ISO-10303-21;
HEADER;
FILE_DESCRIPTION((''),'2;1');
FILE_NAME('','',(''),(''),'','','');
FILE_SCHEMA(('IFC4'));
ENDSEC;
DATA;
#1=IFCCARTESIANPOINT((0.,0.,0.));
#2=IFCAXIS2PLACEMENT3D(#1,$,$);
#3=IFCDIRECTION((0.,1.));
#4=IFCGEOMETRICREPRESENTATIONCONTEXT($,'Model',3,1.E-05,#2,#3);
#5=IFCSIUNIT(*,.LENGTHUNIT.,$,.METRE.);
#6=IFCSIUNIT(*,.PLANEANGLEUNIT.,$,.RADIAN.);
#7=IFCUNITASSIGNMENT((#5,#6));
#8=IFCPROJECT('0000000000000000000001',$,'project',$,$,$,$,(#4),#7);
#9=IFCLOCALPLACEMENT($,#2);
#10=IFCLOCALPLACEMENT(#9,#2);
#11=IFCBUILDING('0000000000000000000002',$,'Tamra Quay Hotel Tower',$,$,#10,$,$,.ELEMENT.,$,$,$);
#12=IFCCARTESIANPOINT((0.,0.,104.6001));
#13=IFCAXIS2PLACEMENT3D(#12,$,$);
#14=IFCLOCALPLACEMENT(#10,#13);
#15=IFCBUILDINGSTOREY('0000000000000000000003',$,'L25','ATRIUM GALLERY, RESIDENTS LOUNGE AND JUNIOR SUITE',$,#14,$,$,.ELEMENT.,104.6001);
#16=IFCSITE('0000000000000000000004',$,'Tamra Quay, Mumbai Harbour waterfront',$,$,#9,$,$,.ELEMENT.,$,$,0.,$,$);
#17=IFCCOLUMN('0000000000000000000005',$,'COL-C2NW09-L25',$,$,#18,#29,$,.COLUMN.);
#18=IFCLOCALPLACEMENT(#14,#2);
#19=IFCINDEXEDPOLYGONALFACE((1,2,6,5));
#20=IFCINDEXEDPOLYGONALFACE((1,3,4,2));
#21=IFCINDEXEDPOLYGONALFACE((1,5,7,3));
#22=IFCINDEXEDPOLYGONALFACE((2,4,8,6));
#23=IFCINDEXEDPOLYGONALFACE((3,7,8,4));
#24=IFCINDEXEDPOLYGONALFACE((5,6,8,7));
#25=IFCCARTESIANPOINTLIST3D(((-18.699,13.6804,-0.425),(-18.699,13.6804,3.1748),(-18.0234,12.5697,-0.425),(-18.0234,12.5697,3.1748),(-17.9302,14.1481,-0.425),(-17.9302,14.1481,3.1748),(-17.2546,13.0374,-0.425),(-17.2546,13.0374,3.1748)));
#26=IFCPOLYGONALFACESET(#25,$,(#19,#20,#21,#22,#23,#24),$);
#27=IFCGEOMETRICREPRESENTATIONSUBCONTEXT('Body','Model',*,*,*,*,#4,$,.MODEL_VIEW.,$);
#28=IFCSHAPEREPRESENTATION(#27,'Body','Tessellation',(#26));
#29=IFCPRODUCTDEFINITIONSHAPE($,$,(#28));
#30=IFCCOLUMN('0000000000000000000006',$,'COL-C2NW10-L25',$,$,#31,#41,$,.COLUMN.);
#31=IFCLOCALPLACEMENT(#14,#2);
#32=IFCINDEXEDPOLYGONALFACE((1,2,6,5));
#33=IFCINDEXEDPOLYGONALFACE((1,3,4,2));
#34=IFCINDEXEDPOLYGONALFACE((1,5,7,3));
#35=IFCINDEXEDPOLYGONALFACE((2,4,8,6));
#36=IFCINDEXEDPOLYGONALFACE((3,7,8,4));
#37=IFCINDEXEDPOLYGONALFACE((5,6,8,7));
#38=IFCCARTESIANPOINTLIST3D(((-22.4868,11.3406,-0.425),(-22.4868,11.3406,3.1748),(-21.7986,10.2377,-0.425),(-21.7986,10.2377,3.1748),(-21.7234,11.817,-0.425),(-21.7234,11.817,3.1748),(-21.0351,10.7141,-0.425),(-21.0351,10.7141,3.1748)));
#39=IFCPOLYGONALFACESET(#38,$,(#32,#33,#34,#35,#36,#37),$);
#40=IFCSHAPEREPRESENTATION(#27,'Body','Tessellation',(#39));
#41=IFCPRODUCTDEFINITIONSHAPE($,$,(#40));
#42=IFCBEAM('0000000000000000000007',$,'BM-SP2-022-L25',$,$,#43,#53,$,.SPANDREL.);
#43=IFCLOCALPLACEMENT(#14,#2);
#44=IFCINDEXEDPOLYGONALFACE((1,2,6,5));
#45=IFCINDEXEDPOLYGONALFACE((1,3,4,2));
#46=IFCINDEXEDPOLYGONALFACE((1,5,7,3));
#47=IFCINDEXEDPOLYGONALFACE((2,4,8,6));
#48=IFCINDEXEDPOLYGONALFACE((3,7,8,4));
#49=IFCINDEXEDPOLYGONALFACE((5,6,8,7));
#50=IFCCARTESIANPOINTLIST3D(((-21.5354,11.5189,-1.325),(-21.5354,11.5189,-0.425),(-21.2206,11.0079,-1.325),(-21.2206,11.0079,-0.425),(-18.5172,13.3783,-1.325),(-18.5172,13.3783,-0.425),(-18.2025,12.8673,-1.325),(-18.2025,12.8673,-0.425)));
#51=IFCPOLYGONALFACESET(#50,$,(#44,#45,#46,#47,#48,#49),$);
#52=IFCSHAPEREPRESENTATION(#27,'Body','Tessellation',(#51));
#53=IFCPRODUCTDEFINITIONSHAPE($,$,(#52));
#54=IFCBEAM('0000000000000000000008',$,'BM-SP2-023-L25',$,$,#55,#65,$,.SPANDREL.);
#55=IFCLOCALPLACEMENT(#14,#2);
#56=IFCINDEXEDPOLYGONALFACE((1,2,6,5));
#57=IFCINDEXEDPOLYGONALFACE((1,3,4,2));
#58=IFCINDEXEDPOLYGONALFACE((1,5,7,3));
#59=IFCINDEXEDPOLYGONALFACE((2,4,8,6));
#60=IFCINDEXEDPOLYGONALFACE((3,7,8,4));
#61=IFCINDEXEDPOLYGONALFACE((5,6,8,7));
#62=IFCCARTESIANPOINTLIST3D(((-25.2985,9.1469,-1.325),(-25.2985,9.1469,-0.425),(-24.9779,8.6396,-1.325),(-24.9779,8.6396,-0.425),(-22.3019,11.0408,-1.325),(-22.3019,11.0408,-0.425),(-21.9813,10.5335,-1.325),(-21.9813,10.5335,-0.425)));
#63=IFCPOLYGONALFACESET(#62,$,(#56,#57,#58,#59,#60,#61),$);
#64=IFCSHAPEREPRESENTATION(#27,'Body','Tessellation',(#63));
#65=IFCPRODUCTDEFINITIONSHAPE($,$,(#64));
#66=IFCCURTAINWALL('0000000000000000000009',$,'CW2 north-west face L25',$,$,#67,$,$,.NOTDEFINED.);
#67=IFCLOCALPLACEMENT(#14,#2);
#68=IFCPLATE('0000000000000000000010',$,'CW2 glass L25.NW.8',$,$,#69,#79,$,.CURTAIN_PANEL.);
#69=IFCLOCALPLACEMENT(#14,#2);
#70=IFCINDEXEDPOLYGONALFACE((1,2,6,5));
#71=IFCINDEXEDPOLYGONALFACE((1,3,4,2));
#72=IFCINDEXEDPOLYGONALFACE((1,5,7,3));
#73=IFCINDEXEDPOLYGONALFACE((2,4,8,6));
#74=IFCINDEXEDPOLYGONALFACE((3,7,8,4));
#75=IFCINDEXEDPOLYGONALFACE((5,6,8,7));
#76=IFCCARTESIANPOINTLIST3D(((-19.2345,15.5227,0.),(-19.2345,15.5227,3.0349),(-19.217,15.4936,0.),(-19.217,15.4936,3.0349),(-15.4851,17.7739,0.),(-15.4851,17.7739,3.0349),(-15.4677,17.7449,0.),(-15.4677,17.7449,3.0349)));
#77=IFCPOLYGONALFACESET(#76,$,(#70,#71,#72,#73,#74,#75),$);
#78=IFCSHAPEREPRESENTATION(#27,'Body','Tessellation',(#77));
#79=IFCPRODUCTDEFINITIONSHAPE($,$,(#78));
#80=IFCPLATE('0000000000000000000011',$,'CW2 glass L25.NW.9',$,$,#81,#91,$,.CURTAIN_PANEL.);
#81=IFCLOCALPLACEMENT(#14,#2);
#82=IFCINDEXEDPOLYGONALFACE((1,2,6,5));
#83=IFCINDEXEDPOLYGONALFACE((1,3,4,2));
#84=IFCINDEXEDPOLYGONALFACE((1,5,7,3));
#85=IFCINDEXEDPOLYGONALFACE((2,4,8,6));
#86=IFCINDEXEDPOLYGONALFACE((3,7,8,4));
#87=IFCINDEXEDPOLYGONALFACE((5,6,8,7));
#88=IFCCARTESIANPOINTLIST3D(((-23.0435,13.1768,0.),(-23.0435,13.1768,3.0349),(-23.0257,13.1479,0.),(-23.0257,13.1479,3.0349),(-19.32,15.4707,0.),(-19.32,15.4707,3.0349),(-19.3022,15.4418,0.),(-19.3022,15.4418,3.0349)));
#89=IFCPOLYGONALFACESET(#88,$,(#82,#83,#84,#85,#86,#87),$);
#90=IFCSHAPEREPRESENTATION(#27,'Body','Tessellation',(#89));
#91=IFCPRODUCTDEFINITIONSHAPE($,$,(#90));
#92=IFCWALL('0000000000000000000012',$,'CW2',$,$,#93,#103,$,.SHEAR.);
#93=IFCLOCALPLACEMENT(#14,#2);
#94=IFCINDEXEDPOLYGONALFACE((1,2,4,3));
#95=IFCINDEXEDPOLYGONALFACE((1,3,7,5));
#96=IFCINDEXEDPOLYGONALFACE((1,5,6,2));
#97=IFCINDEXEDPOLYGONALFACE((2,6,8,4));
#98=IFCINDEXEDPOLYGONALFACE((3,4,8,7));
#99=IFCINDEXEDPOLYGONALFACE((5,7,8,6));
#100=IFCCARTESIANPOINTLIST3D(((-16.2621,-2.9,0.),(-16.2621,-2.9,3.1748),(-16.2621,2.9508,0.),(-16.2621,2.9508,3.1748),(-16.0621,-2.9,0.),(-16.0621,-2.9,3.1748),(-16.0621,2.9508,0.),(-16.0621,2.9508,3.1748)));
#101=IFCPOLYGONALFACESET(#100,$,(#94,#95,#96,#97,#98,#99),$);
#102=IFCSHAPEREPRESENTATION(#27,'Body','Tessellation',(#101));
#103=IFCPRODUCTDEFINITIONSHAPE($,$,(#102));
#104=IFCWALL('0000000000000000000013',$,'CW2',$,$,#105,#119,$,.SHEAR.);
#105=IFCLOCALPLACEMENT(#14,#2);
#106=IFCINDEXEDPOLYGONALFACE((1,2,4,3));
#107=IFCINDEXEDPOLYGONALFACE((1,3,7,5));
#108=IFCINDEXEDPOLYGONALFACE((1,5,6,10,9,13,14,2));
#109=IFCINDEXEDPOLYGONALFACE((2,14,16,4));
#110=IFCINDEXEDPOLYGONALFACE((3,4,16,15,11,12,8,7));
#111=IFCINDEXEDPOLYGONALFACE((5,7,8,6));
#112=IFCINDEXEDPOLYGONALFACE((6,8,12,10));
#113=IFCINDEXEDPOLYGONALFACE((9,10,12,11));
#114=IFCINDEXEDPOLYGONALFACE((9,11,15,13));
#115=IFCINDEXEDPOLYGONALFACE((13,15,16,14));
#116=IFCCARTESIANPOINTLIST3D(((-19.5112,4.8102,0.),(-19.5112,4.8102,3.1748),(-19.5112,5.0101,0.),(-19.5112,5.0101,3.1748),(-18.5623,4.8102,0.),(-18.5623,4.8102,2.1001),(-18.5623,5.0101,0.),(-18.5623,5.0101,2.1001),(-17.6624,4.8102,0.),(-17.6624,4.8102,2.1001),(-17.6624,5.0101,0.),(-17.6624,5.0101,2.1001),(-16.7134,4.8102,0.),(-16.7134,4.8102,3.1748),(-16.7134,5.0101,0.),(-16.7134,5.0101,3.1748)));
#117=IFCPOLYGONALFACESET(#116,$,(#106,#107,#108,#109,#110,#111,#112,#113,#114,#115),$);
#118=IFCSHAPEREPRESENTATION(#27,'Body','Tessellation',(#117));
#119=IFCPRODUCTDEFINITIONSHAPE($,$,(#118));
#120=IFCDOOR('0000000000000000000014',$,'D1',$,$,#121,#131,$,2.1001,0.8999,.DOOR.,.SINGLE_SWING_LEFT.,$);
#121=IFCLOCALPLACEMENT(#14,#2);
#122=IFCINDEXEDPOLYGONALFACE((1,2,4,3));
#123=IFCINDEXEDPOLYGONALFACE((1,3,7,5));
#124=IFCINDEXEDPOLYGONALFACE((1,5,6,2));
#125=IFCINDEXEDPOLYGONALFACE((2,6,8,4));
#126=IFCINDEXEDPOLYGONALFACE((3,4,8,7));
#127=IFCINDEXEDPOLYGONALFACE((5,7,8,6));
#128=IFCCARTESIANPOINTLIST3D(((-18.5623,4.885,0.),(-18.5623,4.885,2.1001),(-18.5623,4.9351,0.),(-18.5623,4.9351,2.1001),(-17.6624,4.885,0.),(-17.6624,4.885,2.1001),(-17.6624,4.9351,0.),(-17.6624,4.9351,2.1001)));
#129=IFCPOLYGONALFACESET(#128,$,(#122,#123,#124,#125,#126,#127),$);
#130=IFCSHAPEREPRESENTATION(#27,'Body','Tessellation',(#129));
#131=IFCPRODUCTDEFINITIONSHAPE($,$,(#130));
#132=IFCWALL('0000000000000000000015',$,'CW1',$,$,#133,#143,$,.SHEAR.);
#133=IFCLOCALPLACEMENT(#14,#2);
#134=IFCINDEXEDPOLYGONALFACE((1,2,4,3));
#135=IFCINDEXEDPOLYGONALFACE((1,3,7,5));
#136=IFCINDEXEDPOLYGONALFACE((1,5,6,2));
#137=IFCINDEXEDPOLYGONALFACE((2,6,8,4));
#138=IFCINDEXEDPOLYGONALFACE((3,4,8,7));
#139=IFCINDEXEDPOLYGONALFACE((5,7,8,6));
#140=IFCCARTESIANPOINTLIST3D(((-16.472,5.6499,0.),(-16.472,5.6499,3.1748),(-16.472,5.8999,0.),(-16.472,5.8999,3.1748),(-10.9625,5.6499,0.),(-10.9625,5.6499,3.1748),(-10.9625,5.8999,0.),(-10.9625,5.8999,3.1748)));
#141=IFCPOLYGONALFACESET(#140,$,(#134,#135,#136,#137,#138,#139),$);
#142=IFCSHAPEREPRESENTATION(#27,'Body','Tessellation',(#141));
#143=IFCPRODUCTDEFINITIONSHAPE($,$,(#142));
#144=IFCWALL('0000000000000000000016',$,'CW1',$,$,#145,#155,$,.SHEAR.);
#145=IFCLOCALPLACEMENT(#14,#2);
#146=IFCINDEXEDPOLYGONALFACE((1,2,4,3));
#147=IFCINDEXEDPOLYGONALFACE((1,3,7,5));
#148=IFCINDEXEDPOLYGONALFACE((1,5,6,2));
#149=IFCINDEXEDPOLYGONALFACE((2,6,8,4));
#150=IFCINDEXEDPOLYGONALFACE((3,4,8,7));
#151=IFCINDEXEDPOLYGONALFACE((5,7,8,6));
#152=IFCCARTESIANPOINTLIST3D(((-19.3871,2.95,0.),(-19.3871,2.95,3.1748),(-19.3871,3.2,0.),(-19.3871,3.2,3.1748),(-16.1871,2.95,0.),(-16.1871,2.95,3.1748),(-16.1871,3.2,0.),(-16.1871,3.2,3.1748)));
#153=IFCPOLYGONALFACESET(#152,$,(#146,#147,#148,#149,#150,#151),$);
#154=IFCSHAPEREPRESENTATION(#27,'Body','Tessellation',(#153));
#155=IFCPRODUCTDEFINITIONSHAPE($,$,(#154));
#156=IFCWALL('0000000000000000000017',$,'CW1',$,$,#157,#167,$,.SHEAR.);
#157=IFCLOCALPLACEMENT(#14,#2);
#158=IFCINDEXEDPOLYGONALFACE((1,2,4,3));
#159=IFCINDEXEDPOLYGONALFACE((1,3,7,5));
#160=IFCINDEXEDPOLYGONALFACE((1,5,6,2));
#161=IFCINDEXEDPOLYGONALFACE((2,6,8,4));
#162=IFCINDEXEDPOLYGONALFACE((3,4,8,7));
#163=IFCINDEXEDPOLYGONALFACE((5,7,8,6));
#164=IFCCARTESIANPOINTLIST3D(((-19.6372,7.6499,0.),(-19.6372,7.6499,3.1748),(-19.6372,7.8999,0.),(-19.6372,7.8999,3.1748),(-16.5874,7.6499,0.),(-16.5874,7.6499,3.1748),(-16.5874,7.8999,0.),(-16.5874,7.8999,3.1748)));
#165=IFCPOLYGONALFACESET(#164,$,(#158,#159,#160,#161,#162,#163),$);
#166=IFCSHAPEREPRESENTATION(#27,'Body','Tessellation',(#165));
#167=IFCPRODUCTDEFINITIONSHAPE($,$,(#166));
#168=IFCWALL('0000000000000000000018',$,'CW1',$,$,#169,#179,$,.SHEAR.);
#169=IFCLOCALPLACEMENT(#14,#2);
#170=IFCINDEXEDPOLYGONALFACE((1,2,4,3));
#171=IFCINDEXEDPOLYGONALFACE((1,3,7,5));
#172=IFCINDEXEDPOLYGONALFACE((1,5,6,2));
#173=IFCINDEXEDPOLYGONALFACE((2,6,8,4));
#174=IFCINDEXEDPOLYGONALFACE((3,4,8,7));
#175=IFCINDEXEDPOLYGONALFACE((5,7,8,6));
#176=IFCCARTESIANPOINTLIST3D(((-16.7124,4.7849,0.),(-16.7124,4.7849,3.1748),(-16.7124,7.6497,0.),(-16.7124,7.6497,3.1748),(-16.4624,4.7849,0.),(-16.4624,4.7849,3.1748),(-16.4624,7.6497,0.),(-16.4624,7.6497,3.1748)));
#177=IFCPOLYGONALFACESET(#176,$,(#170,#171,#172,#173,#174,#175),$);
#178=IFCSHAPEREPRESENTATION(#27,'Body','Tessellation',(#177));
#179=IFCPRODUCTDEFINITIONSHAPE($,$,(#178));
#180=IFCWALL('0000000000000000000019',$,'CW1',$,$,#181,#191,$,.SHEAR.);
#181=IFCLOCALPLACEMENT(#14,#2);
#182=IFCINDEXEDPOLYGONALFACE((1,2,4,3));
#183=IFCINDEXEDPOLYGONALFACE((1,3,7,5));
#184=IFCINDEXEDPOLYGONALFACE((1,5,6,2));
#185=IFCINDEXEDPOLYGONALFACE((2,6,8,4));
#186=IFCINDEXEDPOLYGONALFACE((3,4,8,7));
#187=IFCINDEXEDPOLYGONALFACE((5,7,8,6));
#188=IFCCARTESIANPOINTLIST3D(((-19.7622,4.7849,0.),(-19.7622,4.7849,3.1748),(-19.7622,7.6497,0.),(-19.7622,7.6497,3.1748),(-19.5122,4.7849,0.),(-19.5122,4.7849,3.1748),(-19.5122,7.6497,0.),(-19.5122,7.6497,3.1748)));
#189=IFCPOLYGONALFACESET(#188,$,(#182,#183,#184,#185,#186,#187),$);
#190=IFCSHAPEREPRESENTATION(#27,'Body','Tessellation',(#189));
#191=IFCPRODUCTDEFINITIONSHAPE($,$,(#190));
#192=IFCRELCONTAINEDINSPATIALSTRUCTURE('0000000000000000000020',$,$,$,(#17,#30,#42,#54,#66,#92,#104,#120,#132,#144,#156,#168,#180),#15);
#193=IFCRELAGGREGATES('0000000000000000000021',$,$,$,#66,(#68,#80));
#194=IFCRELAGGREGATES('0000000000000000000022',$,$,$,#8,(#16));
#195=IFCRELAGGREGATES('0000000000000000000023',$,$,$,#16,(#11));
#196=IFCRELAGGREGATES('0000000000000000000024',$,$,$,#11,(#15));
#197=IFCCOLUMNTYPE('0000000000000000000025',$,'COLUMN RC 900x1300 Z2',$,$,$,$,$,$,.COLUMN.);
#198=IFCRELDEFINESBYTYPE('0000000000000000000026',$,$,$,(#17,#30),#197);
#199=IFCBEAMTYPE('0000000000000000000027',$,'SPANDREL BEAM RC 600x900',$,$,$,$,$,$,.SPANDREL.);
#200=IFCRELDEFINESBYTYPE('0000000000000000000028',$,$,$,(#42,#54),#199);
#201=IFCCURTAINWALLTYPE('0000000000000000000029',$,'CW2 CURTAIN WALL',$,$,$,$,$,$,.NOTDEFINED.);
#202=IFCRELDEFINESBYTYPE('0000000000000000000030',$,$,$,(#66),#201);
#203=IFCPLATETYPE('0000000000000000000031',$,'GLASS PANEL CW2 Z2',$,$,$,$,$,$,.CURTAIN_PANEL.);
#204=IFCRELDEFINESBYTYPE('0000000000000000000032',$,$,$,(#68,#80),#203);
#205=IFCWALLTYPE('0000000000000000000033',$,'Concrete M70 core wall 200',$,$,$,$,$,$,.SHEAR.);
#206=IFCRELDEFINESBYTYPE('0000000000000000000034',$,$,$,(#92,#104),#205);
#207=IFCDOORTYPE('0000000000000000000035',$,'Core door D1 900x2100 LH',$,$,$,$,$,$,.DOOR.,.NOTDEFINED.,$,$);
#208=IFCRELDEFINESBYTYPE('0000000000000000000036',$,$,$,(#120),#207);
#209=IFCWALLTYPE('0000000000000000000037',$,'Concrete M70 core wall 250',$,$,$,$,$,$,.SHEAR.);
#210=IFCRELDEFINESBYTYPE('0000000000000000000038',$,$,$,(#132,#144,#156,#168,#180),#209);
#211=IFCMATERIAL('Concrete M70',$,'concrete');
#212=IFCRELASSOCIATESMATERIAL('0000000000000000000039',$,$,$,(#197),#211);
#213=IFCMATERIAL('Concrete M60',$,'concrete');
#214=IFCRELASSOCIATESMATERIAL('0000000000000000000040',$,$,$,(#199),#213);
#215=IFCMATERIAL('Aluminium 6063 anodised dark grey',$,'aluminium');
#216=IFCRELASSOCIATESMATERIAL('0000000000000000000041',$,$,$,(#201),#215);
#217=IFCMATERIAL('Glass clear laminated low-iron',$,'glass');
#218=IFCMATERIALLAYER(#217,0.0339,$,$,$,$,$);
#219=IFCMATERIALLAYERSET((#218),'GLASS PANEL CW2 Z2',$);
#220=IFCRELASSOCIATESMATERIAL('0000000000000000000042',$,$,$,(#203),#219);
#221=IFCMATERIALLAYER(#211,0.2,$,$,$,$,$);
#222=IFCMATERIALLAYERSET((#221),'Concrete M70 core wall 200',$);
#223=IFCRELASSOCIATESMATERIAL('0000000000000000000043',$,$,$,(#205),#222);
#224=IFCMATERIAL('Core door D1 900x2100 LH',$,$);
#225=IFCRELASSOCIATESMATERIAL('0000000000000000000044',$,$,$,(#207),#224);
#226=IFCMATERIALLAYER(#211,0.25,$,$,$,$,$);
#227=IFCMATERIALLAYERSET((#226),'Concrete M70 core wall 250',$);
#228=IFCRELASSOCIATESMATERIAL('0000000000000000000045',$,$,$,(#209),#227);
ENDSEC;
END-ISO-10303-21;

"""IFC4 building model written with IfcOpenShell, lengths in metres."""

from ifc_helpers import new_model, si_unit, direction, frame, frame_2d, origin, origin_2d, place, context, subcontext, project, spatial, rectangle, extrude, material, layer, layer_set, material_profile, profile_set, type_object, element, fill, aggregate, save


model = new_model("IFC4")

# Units and contexts
model_context = context("Model", 3, precision=1e-05, world=origin(), true_north=direction((0.0, 1.0)))
body_context = subcontext(model_context, "Body", "Model", "MODEL_VIEW")
ifc_project = project(units=[si_unit("LENGTHUNIT", "METRE"), si_unit("PLANEANGLEUNIT", "RADIAN")], contexts=[model_context])

# Site, building, storey
site_placement = place(None, origin())
site = spatial("IfcSite", under=ifc_project, at=site_placement, Name="Tamra Quay, Mumbai Harbour waterfront", CompositionType="ELEMENT", RefElevation=0.0)
building_placement = place(site_placement, origin())
building = spatial("IfcBuilding", under=site, at=building_placement, Name="Tamra Quay Hotel Tower", CompositionType="ELEMENT")
storey_placement = place(building_placement, frame((0.0, 0.0, 104.6001)))
storey = spatial("IfcBuildingStorey", under=building, at=storey_placement, Name="L25", Description="ATRIUM GALLERY, RESIDENTS LOUNGE AND JUNIOR SUITE", CompositionType="ELEMENT", Elevation=104.6001)

# Columns
ifc_material_1 = material(Name="Concrete M70", Category="concrete")
ifc_material_profile_1 = material_profile(ifc_material_1, rectangle(XDim=1.3, YDim=0.8999, at=origin_2d()), Name="COLUMN RC 900x1300 Z2")
ifc_profile_set_1 = profile_set([ifc_material_profile_1], Name="Concrete M70")
column_type = type_object("IfcColumnType", Name="COLUMN RC 900x1300 Z2", PredefinedType="COLUMN", material=ifc_profile_set_1)
for number, where, z_axis, x_axis, name in (
    (1, (-17.9768, 13.3589, -0.425), (0.0, 0.0, 1.0), (-0.519679, 0.854362, 0.0), "COL-C2NW09-L25"),
    (2, (-21.761, 11.0273, -0.425), (0.0, 0.0, 1.0), (-0.52941, 0.848366, 0.0), "COL-C2NW10-L25"),
):
    element("IfcColumn", number, at=place(storey_placement, frame(where, z_axis=z_axis, x_axis=x_axis)), inside=storey, type_object=column_type, Name=name, PredefinedType="COLUMN", context=body_context, shape_type="SweptSolid", body=[
        extrude(rectangle(XDim=1.3, YDim=0.8999, at=origin_2d()), origin(), (0.0, 0.0, 1.0), 3.5999),
    ])

# Beams
ifc_material_2 = material(Name="Concrete M60", Category="concrete")
ifc_material_profile_2 = material_profile(ifc_material_2, rectangle(XDim=0.6001, YDim=0.8999, at=origin_2d()), Name="SPANDREL BEAM RC 600x900")
ifc_profile_set_2 = profile_set([ifc_material_profile_2], Name="Concrete M60")
beam_type = type_object("IfcBeamType", Name="SPANDREL BEAM RC 600x900", PredefinedType="SPANDREL", material=ifc_profile_set_2)
for number, where, z_axis, x_axis, name in (
    (3, (-18.3599, 13.1228, -0.875), (-0.851393, -0.524528, 0.0), (0.524528, -0.851393, 0.0), "BM-SP2-022-L25"),
    (4, (-22.1416, 10.7871, -0.875), (-0.845333, -0.534239, 0.0), (0.534239, -0.845333, 0.0), "BM-SP2-023-L25"),
):
    element("IfcBeam", number, at=place(storey_placement, frame(where, z_axis=z_axis, x_axis=x_axis)), inside=storey, type_object=beam_type, Name=name, PredefinedType="SPANDREL", context=body_context, shape_type="SweptSolid", body=[
        extrude(rectangle(XDim=0.6001, YDim=0.8999, at=origin_2d()), origin(), (0.0, 0.0, 1.0), 3.5449),
    ])

# Curtain wall, plates
ifc_material_3 = material(Name="Aluminium 6063 anodised dark grey", Category="aluminium")
curtain_wall_type = type_object("IfcCurtainWallType", Name="CW2 CURTAIN WALL", PredefinedType="NOTDEFINED", material=ifc_material_3)
curtain_wall_placement = place(storey_placement, origin())
curtain_wall = element("IfcCurtainWall", 5, at=curtain_wall_placement, inside=storey, type_object=curtain_wall_type, Name="CW2 north-west face L25", PredefinedType="NOTDEFINED")
ifc_material_4 = material(Name="Glass clear laminated low-iron", Category="glass")
ifc_layer_1 = layer(ifc_material_4, 0.0339)
ifc_layer_set_1 = layer_set([ifc_layer_1], Name="GLASS PANEL CW2 Z2")
plate_type = type_object("IfcPlateType", Name="GLASS PANEL CW2 Z2", PredefinedType="CURTAIN_PANEL", material=ifc_layer_set_1)
plate_1_placement = place(storey_placement, frame((-17.3511, 16.6338, 0.0), z_axis=(0.0, 0.0, 1.0), x_axis=(-0.857331, -0.514765, 0.0)))
plate_1 = element("IfcPlate", 6, at=plate_1_placement, type_object=plate_type, Name="CW2 glass L25.NW.8", PredefinedType="CURTAIN_PANEL", context=body_context, shape_type="SweptSolid", body=[
    extrude(rectangle(XDim=4.3733, YDim=0.0339, at=origin_2d()), origin(), (0.0, 0.0, 1.0), 3.0349),
])
plate_2_placement = place(storey_placement, frame((-21.1729, 14.3093, 0.0), z_axis=(0.0, 0.0, 1.0), x_axis=(-0.851399, -0.524518, 0.0)))
plate_2 = element("IfcPlate", 7, at=plate_2_placement, type_object=plate_type, Name="CW2 glass L25.NW.9", PredefinedType="CURTAIN_PANEL", context=body_context, shape_type="SweptSolid", body=[
    extrude(rectangle(XDim=4.3733, YDim=0.0339, at=origin_2d()), origin(), (0.0, 0.0, 1.0), 3.0349),
])
aggregate(curtain_wall, [plate_1, plate_2])

# Wall
ifc_layer_2 = layer(ifc_material_1, 0.2)
ifc_layer_set_2 = layer_set([ifc_layer_2], Name="Concrete M70 core wall 200")
wall_type_1 = type_object("IfcWallType", Name="Concrete M70 core wall 200", PredefinedType="SHEAR", material=ifc_layer_set_2)
wall_1_placement = place(storey_placement, frame((-16.1621, 2.9507, 0.0), z_axis=(0.0, 0.0, 1.0), x_axis=(0.0, -1.0, 0.0)))
element("IfcWall", 8, at=wall_1_placement, inside=storey, type_object=wall_type_1, Name="CW2", PredefinedType="SHEAR", context=body_context, shape_type="SweptSolid", body=[
    extrude(rectangle(XDim=5.8508, YDim=0.2, at=frame_2d((2.9253, 0.0))), origin(), (0.0, 0.0, 1.0), 3.1748),
])

# Wall, opening, door
wall_2_placement = place(storey_placement, frame((-19.5112, 4.9102, 0.0), z_axis=(0.0, 0.0, 1.0), x_axis=(1.0, 0.0, 0.0)))
wall_2 = element("IfcWall", 9, at=wall_2_placement, inside=storey, type_object=wall_type_1, Name="CW2", PredefinedType="SHEAR", context=body_context, shape_type="SweptSolid", body=[
    extrude(rectangle(XDim=2.7979, YDim=0.2, at=frame_2d((1.3989, 0.0))), origin(), (0.0, 0.0, 1.0), 3.1748),
])
opening_1_placement = place(wall_2_placement, frame((0.949, 0.0, 0.0)))
opening_1 = element("IfcOpeningElement", 10, at=opening_1_placement, cuts=wall_2, PredefinedType="OPENING", context=body_context, shape_type="SweptSolid", body=[
    extrude(rectangle(XDim=0.8999, YDim=2.1001, at=frame_2d((0.45, 1.05))), frame((0.0, 0.1099, 0.0), z_axis=(0.0, -1.0, 0.0), x_axis=(1.0, 0.0, 0.0)), (0.0, 0.0, 1.0), 0.22),
])
ifc_material_5 = material(Name="Core door D1 900x2100 LH")
door_type_1 = type_object("IfcDoorType", Name="Core door D1 900x2100 LH", OperationType="NOTDEFINED", PredefinedType="DOOR", material=ifc_material_5)
door_1_placement = place(opening_1_placement, origin())
door_1 = element("IfcDoor", 11, at=door_1_placement, inside=storey, type_object=door_type_1, Name="D1", OperationType="SINGLE_SWING_LEFT", OverallHeight=2.1001, OverallWidth=0.8999, PredefinedType="DOOR", context=body_context, shape_type="SweptSolid", body=[
    extrude(rectangle(XDim=0.8999, YDim=2.1001, at=frame_2d((0.45, 1.05))), frame((0.0, 0.0249, 0.0), z_axis=(0.0, -1.0, 0.0), x_axis=(1.0, 0.0, 0.0)), (0.0, 0.0, 1.0), 0.05),
])
fill(opening_1, door_1)

# Walls
ifc_layer_3 = layer(ifc_material_1, 0.25)
ifc_layer_set_3 = layer_set([ifc_layer_3], Name="Concrete M70 core wall 250")
wall_type_2 = type_object("IfcWallType", Name="Concrete M70 core wall 250", PredefinedType="SHEAR", material=ifc_layer_set_3)
wall_3_placement = place(storey_placement, frame((-16.4722, 5.7749, 0.0), z_axis=(0.0, 0.0, 1.0), x_axis=(1.0, 0.0, 0.0)))
element("IfcWall", 12, at=wall_3_placement, inside=storey, type_object=wall_type_2, Name="CW1", PredefinedType="SHEAR", context=body_context, shape_type="SweptSolid", body=[
    extrude(rectangle(XDim=5.5095, YDim=0.25, at=frame_2d((2.7549, 0.0))), origin(), (0.0, 0.0, 1.0), 3.1748),
])
wall_4_placement = place(storey_placement, frame((-19.3872, 3.075, 0.0), z_axis=(0.0, 0.0, 1.0), x_axis=(1.0, 0.0, 0.0)))
element("IfcWall", 13, at=wall_4_placement, inside=storey, type_object=wall_type_2, Name="CW1", PredefinedType="SHEAR", context=body_context, shape_type="SweptSolid", body=[
    extrude(rectangle(XDim=3.2, YDim=0.25, at=frame_2d((1.6001, 0.0))), origin(), (0.0, 0.0, 1.0), 3.1748),
])
wall_5_placement = place(storey_placement, frame((-19.6372, 7.7749, 0.0), z_axis=(0.0, 0.0, 1.0), x_axis=(1.0, 0.0, 0.0)))
element("IfcWall", 14, at=wall_5_placement, inside=storey, type_object=wall_type_2, Name="CW1", PredefinedType="SHEAR", context=body_context, shape_type="SweptSolid", body=[
    extrude(rectangle(XDim=3.0498, YDim=0.25, at=frame_2d((1.5249, 0.0))), origin(), (0.0, 0.0, 1.0), 3.1748),
])
for number, where, z_axis, x_axis, name in (
    (15, (-16.5874, 7.6497, 0.0), (0.0, 0.0, 1.0), (0.0, -1.0, 0.0), "CW1"),
    (16, (-19.6372, 4.7849, 0.0), (0.0, 0.0, 1.0), (0.0, 1.0, 0.0), "CW1"),
):
    element("IfcWall", number, at=place(storey_placement, frame(where, z_axis=z_axis, x_axis=x_axis)), inside=storey, type_object=wall_type_2, Name=name, PredefinedType="SHEAR", context=body_context, shape_type="SweptSolid", body=[
        extrude(rectangle(XDim=2.8647, YDim=0.25, at=frame_2d((1.4324, 0.0))), origin(), (0.0, 0.0, 1.0), 3.1748),
    ])

save(model, "model.ifc")
